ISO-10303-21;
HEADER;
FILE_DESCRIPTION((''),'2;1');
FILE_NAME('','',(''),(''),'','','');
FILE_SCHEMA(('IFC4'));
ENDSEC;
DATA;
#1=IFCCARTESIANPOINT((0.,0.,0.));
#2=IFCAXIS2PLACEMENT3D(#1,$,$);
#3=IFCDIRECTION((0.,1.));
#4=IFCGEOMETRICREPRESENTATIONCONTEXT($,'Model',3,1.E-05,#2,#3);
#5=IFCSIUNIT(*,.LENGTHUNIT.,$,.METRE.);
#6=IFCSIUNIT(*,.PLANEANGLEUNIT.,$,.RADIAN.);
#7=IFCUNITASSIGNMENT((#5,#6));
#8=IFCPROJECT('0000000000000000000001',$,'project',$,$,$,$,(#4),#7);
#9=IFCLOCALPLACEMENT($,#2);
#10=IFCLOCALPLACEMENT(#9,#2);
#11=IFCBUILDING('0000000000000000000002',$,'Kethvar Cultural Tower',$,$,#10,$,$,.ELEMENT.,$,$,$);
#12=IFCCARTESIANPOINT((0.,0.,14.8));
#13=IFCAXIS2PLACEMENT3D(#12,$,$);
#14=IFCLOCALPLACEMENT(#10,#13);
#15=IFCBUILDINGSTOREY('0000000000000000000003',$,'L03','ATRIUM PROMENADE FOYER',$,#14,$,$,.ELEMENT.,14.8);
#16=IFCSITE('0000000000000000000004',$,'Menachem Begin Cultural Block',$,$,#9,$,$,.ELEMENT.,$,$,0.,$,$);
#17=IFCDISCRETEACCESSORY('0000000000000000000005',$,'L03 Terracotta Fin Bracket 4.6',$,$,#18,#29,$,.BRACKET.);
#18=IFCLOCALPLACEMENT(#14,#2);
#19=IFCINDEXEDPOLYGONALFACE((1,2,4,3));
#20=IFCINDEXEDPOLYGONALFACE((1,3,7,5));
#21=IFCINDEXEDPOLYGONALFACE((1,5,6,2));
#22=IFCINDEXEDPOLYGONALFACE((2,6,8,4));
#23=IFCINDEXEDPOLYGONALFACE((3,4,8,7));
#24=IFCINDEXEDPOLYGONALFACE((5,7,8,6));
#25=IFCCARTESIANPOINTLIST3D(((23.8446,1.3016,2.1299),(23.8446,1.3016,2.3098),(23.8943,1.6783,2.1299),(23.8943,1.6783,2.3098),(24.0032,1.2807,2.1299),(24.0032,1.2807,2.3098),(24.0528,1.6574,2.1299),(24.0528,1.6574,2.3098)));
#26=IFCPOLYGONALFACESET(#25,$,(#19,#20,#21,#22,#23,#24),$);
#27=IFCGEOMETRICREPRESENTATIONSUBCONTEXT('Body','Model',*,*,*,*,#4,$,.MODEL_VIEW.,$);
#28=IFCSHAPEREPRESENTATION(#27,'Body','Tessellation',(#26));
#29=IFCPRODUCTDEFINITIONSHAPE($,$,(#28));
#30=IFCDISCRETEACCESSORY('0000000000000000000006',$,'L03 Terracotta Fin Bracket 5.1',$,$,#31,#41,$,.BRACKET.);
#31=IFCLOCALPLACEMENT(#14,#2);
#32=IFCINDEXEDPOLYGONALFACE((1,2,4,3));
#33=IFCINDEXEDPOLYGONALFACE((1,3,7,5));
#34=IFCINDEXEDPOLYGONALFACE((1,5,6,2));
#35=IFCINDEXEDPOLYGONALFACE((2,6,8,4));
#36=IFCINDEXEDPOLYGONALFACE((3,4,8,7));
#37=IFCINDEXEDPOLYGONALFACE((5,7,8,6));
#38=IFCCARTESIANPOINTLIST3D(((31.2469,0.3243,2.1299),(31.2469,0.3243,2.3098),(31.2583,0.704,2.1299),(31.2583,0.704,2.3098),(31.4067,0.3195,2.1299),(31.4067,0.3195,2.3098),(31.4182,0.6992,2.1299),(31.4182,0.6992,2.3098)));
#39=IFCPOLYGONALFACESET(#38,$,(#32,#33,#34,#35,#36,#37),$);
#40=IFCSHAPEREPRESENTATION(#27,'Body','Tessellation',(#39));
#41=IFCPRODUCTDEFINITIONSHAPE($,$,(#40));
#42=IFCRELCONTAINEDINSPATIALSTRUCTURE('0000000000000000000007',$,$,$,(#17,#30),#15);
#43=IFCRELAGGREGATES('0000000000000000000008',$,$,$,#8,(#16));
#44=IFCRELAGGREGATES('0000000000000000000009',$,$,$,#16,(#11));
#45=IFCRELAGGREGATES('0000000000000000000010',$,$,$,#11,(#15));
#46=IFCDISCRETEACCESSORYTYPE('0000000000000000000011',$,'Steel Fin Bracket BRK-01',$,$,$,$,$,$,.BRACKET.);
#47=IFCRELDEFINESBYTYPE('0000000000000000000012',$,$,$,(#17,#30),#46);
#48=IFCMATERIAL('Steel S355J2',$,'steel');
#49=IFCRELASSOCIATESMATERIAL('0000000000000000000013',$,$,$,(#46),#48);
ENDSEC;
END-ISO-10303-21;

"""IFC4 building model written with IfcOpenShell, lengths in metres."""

from ifc_helpers import new_model, si_unit, direction, frame, origin, origin_2d, place, context, subcontext, project, spatial, rectangle, extrude, source, transform, mapped, material, type_object, element, save


model = new_model("IFC4")

# Units and contexts
model_context = context("Model", 3, precision=1e-05, world=origin(), true_north=direction((0.0, 1.0)))
body_context = subcontext(model_context, "Body", "Model", "MODEL_VIEW")
ifc_project = project(units=[si_unit("LENGTHUNIT", "METRE"), si_unit("PLANEANGLEUNIT", "RADIAN")], contexts=[model_context])

# Site, building, storey
site_placement = place(None, origin())
site = spatial("IfcSite", under=ifc_project, at=site_placement, Name="Menachem Begin Cultural Block", CompositionType="ELEMENT", RefElevation=0.0)
building_placement = place(site_placement, origin())
building = spatial("IfcBuilding", under=site, at=building_placement, Name="Kethvar Cultural Tower", CompositionType="ELEMENT")
storey_placement = place(building_placement, frame((0.0, 0.0, 14.8)))
storey = spatial("IfcBuildingStorey", under=building, at=storey_placement, Name="L03", Description="ATRIUM PROMENADE FOYER", CompositionType="ELEMENT", Elevation=14.8)

# Shared definitions
ifc_material_1 = material(Name="Steel S355J2", Category="steel")

# Discrete accessories
discrete_accessory_type = type_object("IfcDiscreteAccessoryType", Name="Steel Fin Bracket BRK-01", PredefinedType="BRACKET", material=ifc_material_1)
shared_shape_1 = source(origin(), body_context, "Body", "SweptSolid", [
    extrude(rectangle(XDim=0.3799, YDim=0.1599, at=origin_2d()), origin(), (0.0, 0.0, 1.0), 0.1799),
])
for number, where, z_axis, x_axis, name in (
    (1, (23.9487, 1.4795, 2.1299), (0.0, 0.0, 1.0), (-0.130699, -0.991422, 0.0), "L03 Terracotta Fin Bracket 4.6"),
    (2, (31.3325, 0.5117, 2.1299), (0.0, 0.0, 1.0), (-0.03019, -0.999544, 0.0), "L03 Terracotta Fin Bracket 5.1"),
):
    element("IfcDiscreteAccessory", number, at=place(storey_placement, frame(where, z_axis=z_axis, x_axis=x_axis)), inside=storey, type_object=discrete_accessory_type, Name=name, PredefinedType="BRACKET", context=body_context, shape_type="MappedRepresentation", body=[
        mapped(shared_shape_1, transform((0.0, 0.0, 0.0), scale=1.0)),
    ])

save(model, "model.ifc")
